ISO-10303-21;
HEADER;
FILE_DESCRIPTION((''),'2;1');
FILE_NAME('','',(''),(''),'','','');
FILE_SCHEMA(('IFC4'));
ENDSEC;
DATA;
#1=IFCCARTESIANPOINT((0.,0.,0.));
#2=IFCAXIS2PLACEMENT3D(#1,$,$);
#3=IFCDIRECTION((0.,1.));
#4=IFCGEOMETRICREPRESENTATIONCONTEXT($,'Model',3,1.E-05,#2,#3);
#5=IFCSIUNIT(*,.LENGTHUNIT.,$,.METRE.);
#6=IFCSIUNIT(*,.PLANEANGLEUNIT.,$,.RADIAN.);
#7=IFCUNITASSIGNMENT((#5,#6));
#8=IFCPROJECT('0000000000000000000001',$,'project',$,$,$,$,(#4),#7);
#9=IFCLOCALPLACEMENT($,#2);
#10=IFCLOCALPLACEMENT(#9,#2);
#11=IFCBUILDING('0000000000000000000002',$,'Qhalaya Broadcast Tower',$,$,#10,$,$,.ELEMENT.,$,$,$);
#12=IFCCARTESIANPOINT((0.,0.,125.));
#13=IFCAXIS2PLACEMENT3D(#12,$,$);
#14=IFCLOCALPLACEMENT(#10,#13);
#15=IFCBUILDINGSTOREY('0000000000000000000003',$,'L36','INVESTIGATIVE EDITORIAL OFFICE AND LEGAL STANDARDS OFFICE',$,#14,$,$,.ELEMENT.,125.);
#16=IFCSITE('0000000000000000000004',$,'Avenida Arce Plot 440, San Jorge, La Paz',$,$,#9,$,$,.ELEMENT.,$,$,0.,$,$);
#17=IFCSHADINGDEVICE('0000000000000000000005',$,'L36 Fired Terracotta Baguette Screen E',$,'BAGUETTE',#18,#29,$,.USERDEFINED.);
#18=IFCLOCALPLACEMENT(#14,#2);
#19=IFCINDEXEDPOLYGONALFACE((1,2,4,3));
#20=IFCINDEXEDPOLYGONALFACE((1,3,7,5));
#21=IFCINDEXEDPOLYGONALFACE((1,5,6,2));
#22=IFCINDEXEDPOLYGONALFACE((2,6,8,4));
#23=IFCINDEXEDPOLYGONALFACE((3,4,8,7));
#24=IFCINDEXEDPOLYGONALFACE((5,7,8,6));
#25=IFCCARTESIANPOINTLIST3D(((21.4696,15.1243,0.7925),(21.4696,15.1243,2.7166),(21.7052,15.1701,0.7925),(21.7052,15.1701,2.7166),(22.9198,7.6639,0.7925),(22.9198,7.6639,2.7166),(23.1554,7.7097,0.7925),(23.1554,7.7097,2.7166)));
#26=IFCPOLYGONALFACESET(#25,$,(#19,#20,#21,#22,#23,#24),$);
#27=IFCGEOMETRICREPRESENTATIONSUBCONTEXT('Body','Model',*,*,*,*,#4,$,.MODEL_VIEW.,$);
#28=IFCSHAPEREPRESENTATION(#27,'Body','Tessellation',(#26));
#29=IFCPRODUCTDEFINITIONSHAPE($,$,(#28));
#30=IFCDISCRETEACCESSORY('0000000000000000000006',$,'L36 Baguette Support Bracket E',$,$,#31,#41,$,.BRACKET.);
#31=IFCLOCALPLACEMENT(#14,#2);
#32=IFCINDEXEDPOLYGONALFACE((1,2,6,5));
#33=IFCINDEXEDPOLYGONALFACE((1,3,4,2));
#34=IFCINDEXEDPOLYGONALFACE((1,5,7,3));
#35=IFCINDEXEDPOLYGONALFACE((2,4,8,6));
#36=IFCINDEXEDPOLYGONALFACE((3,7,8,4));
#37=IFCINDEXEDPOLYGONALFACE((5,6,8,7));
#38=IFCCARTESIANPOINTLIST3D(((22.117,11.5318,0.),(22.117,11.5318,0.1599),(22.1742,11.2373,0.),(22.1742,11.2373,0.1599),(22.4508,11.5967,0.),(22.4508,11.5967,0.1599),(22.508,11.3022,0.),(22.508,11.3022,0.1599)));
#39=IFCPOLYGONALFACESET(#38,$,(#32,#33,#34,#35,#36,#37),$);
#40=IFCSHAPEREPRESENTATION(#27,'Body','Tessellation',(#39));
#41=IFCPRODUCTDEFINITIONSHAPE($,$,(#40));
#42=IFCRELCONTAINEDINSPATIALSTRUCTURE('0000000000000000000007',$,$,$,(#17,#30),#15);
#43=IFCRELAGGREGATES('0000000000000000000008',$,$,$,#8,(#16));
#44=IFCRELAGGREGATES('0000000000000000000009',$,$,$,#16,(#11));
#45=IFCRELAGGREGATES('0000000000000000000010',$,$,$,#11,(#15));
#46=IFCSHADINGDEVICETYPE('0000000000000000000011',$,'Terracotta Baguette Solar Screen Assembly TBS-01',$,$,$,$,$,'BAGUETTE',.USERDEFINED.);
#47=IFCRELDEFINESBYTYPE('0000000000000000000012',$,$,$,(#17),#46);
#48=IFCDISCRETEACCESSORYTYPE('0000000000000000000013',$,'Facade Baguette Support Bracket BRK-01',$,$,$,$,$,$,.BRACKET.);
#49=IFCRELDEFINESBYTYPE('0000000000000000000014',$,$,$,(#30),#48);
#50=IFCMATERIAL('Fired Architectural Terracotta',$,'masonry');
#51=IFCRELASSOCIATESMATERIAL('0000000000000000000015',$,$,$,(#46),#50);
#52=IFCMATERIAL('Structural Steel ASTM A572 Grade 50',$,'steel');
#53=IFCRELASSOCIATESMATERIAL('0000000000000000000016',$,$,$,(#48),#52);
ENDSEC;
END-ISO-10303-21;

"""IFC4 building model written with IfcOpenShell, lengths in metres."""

from ifc_helpers import new_model, si_unit, direction, frame, origin, origin_2d, place, context, subcontext, project, spatial, rectangle, extrude, material, type_object, element, save


model = new_model("IFC4")

# Units and contexts
model_context = context("Model", 3, precision=1e-05, world=origin(), true_north=direction((0.0, 1.0)))
body_context = subcontext(model_context, "Body", "Model", "MODEL_VIEW")
ifc_project = project(units=[si_unit("LENGTHUNIT", "METRE"), si_unit("PLANEANGLEUNIT", "RADIAN")], contexts=[model_context])

# Site, building, storey
site_placement = place(None, origin())
site = spatial("IfcSite", under=ifc_project, at=site_placement, Name="Avenida Arce Plot 440, San Jorge, La Paz", CompositionType="ELEMENT", RefElevation=0.0)
building_placement = place(site_placement, origin())
building = spatial("IfcBuilding", under=site, at=building_placement, Name="Qhalaya Broadcast Tower", CompositionType="ELEMENT")
storey_placement = place(building_placement, frame((0.0, 0.0, 125.0)))
storey = spatial("IfcBuildingStorey", under=building, at=storey_placement, Name="L36", Description="INVESTIGATIVE EDITORIAL OFFICE AND LEGAL STANDARDS OFFICE", CompositionType="ELEMENT", Elevation=125.0)

# Shared definitions
ifc_material_1 = material(Name="Structural Steel ASTM A572 Grade 50", Category="steel")

# Shading device
ifc_material_2 = material(Name="Fired Architectural Terracotta", Category="masonry")
shading_device_type = type_object("IfcShadingDeviceType", Name="Terracotta Baguette Solar Screen Assembly TBS-01", ElementType="BAGUETTE", PredefinedType="USERDEFINED", material=ifc_material_2)
shading_device_placement = place(storey_placement, frame((22.3125, 11.417, 0.7925), z_axis=(0.0, 0.0, 1.0), x_axis=(-0.190809, 0.981627, 0.0)))
element("IfcShadingDevice", 1, at=shading_device_placement, inside=storey, type_object=shading_device_type, Name="L36 Fired Terracotta Baguette Screen E", ObjectType="BAGUETTE", PredefinedType="USERDEFINED", context=body_context, shape_type="SweptSolid", body=[
    extrude(rectangle(XDim=7.6001, YDim=0.24, at=origin_2d()), origin(), (0.0, 0.0, 1.0), 1.9241),
])

# Discrete accessory
discrete_accessory_type = type_object("IfcDiscreteAccessoryType", Name="Facade Baguette Support Bracket BRK-01", PredefinedType="BRACKET", material=ifc_material_1)
discrete_accessory_placement = place(storey_placement, frame((22.3125, 11.417, 0.0), z_axis=(0.0, 0.0, 1.0), x_axis=(-0.190809, 0.981627, 0.0)))
element("IfcDiscreteAccessory", 2, at=discrete_accessory_placement, inside=storey, type_object=discrete_accessory_type, Name="L36 Baguette Support Bracket E", PredefinedType="BRACKET", context=body_context, shape_type="SweptSolid", body=[
    extrude(rectangle(XDim=0.3, YDim=0.3401, at=origin_2d()), origin(), (0.0, 0.0, 1.0), 0.1599),
])

save(model, "model.ifc")
